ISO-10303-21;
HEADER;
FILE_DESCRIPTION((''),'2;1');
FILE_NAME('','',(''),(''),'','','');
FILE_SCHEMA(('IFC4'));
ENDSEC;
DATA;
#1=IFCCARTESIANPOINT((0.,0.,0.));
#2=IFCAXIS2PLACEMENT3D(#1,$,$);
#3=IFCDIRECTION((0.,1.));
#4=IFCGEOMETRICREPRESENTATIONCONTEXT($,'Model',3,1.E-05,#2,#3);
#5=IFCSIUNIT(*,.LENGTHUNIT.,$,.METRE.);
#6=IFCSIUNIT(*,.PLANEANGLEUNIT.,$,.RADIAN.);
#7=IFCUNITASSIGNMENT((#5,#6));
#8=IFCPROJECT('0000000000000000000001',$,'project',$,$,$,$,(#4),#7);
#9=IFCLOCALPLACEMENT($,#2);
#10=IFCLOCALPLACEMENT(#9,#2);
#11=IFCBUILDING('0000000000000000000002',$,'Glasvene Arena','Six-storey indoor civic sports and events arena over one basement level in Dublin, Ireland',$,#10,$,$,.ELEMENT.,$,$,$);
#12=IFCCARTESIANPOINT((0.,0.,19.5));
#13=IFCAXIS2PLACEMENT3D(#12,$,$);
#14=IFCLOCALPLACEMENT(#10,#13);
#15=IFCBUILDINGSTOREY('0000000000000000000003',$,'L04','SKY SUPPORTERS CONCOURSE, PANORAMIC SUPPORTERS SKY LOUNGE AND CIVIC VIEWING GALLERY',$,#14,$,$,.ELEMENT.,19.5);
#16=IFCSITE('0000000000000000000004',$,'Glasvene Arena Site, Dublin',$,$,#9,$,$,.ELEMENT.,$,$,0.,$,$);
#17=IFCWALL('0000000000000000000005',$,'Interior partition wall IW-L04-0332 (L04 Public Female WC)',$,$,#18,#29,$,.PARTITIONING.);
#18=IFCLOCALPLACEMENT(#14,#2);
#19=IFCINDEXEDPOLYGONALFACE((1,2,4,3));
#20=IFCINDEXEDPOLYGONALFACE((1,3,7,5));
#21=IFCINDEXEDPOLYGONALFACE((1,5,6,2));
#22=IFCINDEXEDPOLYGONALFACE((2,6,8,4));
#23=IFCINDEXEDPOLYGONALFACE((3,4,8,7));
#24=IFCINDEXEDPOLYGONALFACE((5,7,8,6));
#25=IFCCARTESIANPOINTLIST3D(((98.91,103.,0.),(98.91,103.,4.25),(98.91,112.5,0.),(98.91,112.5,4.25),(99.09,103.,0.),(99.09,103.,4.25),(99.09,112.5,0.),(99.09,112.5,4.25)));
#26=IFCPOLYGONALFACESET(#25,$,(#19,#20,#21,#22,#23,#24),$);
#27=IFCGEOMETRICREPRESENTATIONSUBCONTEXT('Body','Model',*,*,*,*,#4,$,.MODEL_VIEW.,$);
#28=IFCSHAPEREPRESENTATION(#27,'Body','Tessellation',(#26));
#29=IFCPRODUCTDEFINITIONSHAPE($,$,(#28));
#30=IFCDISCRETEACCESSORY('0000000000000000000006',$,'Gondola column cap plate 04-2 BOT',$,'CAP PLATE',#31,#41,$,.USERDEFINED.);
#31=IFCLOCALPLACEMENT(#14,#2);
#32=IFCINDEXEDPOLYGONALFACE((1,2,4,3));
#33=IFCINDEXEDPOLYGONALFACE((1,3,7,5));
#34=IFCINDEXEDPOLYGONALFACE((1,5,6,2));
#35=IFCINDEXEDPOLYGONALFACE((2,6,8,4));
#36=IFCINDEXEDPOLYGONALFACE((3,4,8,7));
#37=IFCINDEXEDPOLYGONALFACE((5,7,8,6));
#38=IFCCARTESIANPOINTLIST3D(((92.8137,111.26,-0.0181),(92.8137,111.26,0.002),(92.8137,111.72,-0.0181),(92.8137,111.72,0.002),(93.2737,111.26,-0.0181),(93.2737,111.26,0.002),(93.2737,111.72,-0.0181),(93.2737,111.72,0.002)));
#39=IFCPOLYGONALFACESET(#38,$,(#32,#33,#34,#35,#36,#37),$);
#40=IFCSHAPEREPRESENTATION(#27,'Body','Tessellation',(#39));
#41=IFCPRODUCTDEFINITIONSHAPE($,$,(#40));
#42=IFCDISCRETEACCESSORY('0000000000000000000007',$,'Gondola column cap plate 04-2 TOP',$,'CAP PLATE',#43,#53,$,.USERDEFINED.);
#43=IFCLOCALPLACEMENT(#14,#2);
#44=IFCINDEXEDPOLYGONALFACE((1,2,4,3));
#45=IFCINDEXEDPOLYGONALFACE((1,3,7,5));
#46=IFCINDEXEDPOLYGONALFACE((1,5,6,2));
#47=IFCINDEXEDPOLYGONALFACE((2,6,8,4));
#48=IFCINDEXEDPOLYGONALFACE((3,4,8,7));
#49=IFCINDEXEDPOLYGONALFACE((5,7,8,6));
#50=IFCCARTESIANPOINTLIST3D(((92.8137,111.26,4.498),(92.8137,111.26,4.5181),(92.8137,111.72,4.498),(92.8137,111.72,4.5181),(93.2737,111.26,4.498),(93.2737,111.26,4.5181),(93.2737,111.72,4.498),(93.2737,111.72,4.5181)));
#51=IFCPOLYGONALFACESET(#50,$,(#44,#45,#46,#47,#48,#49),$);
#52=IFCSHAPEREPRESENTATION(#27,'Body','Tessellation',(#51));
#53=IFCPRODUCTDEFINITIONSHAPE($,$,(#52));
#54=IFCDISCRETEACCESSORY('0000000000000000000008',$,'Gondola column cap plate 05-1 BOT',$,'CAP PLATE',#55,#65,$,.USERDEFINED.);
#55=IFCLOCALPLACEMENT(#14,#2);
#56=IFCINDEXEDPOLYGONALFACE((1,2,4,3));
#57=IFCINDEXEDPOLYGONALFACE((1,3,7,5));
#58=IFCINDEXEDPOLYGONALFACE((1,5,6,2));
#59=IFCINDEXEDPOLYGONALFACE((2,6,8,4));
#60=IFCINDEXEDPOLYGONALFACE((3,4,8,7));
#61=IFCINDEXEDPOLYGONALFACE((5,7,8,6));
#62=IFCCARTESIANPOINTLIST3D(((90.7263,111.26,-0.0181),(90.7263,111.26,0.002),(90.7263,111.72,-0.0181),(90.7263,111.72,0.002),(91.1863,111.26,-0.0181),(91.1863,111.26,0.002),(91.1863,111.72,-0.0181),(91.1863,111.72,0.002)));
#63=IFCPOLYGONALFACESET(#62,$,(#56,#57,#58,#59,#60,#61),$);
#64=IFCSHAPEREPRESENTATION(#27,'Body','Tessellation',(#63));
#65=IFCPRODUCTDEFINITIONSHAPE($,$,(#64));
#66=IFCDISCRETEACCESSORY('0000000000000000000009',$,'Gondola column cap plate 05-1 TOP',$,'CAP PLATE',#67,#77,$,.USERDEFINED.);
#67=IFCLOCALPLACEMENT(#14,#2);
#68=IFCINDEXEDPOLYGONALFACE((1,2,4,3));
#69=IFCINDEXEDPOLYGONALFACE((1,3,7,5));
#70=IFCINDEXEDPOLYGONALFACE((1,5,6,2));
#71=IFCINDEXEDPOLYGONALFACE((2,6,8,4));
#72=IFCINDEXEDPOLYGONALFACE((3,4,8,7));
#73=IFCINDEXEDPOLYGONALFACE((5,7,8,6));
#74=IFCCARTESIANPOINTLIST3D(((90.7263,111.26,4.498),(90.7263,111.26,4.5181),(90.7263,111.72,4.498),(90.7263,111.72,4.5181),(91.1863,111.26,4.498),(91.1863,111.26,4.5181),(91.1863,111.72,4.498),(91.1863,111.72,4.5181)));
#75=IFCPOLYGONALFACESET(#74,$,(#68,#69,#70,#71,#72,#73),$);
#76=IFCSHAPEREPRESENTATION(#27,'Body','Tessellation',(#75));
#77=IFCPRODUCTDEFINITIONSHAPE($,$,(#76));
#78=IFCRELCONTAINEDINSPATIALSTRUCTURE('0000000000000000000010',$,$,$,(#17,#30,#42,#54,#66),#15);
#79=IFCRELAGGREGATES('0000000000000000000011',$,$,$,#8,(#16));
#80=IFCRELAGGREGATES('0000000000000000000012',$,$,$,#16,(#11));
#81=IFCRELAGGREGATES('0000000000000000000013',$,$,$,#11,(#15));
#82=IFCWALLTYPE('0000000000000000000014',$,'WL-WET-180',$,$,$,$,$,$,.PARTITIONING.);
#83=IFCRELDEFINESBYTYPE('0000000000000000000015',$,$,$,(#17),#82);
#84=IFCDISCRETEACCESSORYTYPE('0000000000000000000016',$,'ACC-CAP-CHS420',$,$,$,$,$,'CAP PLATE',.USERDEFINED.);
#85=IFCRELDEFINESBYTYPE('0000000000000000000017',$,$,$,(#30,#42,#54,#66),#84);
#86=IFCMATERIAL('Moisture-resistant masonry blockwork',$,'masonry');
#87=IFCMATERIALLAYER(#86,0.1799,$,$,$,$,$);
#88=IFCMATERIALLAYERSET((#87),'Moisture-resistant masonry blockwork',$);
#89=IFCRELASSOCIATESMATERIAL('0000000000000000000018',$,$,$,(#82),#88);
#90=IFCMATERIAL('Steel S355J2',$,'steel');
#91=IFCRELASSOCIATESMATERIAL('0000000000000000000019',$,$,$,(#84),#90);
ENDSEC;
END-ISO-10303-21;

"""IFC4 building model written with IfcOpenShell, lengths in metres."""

from ifc_helpers import new_model, si_unit, direction, frame, frame_2d, origin, origin_2d, place, context, subcontext, project, spatial, rectangle, extrude, material, layer, layer_set, type_object, element, save


model = new_model("IFC4")

# Units and contexts
model_context = context("Model", 3, precision=1e-05, world=origin(), true_north=direction((0.0, 1.0)))
body_context = subcontext(model_context, "Body", "Model", "MODEL_VIEW")
ifc_project = project(units=[si_unit("LENGTHUNIT", "METRE"), si_unit("PLANEANGLEUNIT", "RADIAN")], contexts=[model_context])

# Site, building, storey
site_placement = place(None, origin())
site = spatial("IfcSite", under=ifc_project, at=site_placement, Name="Glasvene Arena Site, Dublin", CompositionType="ELEMENT", RefElevation=0.0)
building_placement = place(site_placement, origin())
building = spatial("IfcBuilding", under=site, at=building_placement, Name="Glasvene Arena", Description="Six-storey indoor civic sports and events arena over one basement level in Dublin, Ireland", CompositionType="ELEMENT")
storey_placement = place(building_placement, frame((0.0, 0.0, 19.5)))
storey = spatial("IfcBuildingStorey", under=building, at=storey_placement, Name="L04", Description="SKY SUPPORTERS CONCOURSE, PANORAMIC SUPPORTERS SKY LOUNGE AND CIVIC VIEWING GALLERY", CompositionType="ELEMENT", Elevation=19.5)

# Shared definitions
ifc_material_1 = material(Name="Steel S355J2", Category="steel")

# Wall
ifc_material_2 = material(Name="Moisture-resistant masonry blockwork", Category="masonry")
ifc_layer_1 = layer(ifc_material_2, 0.1799)
ifc_layer_set_1 = layer_set([ifc_layer_1], Name="Moisture-resistant masonry blockwork")
wall_type_1 = type_object("IfcWallType", Name="WL-WET-180", PredefinedType="PARTITIONING", material=ifc_layer_set_1)
for number, where, z_axis, x_axis, name in (
    (1, (99.0, 112.5, 0.0), (0.0, 0.0, 1.0), (0.0, -1.0, 0.0), "Interior partition wall IW-L04-0332 (L04 Public Female WC)"),
):
    element("IfcWall", number, at=place(storey_placement, frame(where, z_axis=z_axis, x_axis=x_axis)), inside=storey, type_object=wall_type_1, Name=name, PredefinedType="PARTITIONING", context=body_context, shape_type="SweptSolid", body=[
        extrude(rectangle(XDim=9.5, YDim=0.1799, at=frame_2d((4.75, 0.0))), origin(), (0.0, 0.0, 1.0), 4.25),
    ])

# Discrete accessories
discrete_accessory_type = type_object("IfcDiscreteAccessoryType", Name="ACC-CAP-CHS420", ElementType="CAP PLATE", PredefinedType="USERDEFINED", material=ifc_material_1)
for number, where, z_axis, x_axis, name in (
    (2, (93.0437, 111.49, -0.0181), (0.0, 0.0, 1.0), (1.0, 0.0, 0.0), "Gondola column cap plate 04-2 BOT"),
    (3, (93.0437, 111.49, 4.498), (0.0, 0.0, 1.0), (1.0, 0.0, 0.0), "Gondola column cap plate 04-2 TOP"),
    (4, (90.9563, 111.49, -0.0181), (0.0, 0.0, 1.0), (1.0, 0.0, 0.0), "Gondola column cap plate 05-1 BOT"),
    (5, (90.9563, 111.49, 4.498), (0.0, 0.0, 1.0), (1.0, 0.0, 0.0), "Gondola column cap plate 05-1 TOP"),
):
    element("IfcDiscreteAccessory", number, at=place(storey_placement, frame(where, z_axis=z_axis, x_axis=x_axis)), inside=storey, type_object=discrete_accessory_type, Name=name, ObjectType="CAP PLATE", PredefinedType="USERDEFINED", context=body_context, shape_type="SweptSolid", body=[
        extrude(rectangle(XDim=0.46, YDim=0.46, at=origin_2d()), origin(), (0.0, 0.0, 1.0), 0.02),
    ])

save(model, "model.ifc")
